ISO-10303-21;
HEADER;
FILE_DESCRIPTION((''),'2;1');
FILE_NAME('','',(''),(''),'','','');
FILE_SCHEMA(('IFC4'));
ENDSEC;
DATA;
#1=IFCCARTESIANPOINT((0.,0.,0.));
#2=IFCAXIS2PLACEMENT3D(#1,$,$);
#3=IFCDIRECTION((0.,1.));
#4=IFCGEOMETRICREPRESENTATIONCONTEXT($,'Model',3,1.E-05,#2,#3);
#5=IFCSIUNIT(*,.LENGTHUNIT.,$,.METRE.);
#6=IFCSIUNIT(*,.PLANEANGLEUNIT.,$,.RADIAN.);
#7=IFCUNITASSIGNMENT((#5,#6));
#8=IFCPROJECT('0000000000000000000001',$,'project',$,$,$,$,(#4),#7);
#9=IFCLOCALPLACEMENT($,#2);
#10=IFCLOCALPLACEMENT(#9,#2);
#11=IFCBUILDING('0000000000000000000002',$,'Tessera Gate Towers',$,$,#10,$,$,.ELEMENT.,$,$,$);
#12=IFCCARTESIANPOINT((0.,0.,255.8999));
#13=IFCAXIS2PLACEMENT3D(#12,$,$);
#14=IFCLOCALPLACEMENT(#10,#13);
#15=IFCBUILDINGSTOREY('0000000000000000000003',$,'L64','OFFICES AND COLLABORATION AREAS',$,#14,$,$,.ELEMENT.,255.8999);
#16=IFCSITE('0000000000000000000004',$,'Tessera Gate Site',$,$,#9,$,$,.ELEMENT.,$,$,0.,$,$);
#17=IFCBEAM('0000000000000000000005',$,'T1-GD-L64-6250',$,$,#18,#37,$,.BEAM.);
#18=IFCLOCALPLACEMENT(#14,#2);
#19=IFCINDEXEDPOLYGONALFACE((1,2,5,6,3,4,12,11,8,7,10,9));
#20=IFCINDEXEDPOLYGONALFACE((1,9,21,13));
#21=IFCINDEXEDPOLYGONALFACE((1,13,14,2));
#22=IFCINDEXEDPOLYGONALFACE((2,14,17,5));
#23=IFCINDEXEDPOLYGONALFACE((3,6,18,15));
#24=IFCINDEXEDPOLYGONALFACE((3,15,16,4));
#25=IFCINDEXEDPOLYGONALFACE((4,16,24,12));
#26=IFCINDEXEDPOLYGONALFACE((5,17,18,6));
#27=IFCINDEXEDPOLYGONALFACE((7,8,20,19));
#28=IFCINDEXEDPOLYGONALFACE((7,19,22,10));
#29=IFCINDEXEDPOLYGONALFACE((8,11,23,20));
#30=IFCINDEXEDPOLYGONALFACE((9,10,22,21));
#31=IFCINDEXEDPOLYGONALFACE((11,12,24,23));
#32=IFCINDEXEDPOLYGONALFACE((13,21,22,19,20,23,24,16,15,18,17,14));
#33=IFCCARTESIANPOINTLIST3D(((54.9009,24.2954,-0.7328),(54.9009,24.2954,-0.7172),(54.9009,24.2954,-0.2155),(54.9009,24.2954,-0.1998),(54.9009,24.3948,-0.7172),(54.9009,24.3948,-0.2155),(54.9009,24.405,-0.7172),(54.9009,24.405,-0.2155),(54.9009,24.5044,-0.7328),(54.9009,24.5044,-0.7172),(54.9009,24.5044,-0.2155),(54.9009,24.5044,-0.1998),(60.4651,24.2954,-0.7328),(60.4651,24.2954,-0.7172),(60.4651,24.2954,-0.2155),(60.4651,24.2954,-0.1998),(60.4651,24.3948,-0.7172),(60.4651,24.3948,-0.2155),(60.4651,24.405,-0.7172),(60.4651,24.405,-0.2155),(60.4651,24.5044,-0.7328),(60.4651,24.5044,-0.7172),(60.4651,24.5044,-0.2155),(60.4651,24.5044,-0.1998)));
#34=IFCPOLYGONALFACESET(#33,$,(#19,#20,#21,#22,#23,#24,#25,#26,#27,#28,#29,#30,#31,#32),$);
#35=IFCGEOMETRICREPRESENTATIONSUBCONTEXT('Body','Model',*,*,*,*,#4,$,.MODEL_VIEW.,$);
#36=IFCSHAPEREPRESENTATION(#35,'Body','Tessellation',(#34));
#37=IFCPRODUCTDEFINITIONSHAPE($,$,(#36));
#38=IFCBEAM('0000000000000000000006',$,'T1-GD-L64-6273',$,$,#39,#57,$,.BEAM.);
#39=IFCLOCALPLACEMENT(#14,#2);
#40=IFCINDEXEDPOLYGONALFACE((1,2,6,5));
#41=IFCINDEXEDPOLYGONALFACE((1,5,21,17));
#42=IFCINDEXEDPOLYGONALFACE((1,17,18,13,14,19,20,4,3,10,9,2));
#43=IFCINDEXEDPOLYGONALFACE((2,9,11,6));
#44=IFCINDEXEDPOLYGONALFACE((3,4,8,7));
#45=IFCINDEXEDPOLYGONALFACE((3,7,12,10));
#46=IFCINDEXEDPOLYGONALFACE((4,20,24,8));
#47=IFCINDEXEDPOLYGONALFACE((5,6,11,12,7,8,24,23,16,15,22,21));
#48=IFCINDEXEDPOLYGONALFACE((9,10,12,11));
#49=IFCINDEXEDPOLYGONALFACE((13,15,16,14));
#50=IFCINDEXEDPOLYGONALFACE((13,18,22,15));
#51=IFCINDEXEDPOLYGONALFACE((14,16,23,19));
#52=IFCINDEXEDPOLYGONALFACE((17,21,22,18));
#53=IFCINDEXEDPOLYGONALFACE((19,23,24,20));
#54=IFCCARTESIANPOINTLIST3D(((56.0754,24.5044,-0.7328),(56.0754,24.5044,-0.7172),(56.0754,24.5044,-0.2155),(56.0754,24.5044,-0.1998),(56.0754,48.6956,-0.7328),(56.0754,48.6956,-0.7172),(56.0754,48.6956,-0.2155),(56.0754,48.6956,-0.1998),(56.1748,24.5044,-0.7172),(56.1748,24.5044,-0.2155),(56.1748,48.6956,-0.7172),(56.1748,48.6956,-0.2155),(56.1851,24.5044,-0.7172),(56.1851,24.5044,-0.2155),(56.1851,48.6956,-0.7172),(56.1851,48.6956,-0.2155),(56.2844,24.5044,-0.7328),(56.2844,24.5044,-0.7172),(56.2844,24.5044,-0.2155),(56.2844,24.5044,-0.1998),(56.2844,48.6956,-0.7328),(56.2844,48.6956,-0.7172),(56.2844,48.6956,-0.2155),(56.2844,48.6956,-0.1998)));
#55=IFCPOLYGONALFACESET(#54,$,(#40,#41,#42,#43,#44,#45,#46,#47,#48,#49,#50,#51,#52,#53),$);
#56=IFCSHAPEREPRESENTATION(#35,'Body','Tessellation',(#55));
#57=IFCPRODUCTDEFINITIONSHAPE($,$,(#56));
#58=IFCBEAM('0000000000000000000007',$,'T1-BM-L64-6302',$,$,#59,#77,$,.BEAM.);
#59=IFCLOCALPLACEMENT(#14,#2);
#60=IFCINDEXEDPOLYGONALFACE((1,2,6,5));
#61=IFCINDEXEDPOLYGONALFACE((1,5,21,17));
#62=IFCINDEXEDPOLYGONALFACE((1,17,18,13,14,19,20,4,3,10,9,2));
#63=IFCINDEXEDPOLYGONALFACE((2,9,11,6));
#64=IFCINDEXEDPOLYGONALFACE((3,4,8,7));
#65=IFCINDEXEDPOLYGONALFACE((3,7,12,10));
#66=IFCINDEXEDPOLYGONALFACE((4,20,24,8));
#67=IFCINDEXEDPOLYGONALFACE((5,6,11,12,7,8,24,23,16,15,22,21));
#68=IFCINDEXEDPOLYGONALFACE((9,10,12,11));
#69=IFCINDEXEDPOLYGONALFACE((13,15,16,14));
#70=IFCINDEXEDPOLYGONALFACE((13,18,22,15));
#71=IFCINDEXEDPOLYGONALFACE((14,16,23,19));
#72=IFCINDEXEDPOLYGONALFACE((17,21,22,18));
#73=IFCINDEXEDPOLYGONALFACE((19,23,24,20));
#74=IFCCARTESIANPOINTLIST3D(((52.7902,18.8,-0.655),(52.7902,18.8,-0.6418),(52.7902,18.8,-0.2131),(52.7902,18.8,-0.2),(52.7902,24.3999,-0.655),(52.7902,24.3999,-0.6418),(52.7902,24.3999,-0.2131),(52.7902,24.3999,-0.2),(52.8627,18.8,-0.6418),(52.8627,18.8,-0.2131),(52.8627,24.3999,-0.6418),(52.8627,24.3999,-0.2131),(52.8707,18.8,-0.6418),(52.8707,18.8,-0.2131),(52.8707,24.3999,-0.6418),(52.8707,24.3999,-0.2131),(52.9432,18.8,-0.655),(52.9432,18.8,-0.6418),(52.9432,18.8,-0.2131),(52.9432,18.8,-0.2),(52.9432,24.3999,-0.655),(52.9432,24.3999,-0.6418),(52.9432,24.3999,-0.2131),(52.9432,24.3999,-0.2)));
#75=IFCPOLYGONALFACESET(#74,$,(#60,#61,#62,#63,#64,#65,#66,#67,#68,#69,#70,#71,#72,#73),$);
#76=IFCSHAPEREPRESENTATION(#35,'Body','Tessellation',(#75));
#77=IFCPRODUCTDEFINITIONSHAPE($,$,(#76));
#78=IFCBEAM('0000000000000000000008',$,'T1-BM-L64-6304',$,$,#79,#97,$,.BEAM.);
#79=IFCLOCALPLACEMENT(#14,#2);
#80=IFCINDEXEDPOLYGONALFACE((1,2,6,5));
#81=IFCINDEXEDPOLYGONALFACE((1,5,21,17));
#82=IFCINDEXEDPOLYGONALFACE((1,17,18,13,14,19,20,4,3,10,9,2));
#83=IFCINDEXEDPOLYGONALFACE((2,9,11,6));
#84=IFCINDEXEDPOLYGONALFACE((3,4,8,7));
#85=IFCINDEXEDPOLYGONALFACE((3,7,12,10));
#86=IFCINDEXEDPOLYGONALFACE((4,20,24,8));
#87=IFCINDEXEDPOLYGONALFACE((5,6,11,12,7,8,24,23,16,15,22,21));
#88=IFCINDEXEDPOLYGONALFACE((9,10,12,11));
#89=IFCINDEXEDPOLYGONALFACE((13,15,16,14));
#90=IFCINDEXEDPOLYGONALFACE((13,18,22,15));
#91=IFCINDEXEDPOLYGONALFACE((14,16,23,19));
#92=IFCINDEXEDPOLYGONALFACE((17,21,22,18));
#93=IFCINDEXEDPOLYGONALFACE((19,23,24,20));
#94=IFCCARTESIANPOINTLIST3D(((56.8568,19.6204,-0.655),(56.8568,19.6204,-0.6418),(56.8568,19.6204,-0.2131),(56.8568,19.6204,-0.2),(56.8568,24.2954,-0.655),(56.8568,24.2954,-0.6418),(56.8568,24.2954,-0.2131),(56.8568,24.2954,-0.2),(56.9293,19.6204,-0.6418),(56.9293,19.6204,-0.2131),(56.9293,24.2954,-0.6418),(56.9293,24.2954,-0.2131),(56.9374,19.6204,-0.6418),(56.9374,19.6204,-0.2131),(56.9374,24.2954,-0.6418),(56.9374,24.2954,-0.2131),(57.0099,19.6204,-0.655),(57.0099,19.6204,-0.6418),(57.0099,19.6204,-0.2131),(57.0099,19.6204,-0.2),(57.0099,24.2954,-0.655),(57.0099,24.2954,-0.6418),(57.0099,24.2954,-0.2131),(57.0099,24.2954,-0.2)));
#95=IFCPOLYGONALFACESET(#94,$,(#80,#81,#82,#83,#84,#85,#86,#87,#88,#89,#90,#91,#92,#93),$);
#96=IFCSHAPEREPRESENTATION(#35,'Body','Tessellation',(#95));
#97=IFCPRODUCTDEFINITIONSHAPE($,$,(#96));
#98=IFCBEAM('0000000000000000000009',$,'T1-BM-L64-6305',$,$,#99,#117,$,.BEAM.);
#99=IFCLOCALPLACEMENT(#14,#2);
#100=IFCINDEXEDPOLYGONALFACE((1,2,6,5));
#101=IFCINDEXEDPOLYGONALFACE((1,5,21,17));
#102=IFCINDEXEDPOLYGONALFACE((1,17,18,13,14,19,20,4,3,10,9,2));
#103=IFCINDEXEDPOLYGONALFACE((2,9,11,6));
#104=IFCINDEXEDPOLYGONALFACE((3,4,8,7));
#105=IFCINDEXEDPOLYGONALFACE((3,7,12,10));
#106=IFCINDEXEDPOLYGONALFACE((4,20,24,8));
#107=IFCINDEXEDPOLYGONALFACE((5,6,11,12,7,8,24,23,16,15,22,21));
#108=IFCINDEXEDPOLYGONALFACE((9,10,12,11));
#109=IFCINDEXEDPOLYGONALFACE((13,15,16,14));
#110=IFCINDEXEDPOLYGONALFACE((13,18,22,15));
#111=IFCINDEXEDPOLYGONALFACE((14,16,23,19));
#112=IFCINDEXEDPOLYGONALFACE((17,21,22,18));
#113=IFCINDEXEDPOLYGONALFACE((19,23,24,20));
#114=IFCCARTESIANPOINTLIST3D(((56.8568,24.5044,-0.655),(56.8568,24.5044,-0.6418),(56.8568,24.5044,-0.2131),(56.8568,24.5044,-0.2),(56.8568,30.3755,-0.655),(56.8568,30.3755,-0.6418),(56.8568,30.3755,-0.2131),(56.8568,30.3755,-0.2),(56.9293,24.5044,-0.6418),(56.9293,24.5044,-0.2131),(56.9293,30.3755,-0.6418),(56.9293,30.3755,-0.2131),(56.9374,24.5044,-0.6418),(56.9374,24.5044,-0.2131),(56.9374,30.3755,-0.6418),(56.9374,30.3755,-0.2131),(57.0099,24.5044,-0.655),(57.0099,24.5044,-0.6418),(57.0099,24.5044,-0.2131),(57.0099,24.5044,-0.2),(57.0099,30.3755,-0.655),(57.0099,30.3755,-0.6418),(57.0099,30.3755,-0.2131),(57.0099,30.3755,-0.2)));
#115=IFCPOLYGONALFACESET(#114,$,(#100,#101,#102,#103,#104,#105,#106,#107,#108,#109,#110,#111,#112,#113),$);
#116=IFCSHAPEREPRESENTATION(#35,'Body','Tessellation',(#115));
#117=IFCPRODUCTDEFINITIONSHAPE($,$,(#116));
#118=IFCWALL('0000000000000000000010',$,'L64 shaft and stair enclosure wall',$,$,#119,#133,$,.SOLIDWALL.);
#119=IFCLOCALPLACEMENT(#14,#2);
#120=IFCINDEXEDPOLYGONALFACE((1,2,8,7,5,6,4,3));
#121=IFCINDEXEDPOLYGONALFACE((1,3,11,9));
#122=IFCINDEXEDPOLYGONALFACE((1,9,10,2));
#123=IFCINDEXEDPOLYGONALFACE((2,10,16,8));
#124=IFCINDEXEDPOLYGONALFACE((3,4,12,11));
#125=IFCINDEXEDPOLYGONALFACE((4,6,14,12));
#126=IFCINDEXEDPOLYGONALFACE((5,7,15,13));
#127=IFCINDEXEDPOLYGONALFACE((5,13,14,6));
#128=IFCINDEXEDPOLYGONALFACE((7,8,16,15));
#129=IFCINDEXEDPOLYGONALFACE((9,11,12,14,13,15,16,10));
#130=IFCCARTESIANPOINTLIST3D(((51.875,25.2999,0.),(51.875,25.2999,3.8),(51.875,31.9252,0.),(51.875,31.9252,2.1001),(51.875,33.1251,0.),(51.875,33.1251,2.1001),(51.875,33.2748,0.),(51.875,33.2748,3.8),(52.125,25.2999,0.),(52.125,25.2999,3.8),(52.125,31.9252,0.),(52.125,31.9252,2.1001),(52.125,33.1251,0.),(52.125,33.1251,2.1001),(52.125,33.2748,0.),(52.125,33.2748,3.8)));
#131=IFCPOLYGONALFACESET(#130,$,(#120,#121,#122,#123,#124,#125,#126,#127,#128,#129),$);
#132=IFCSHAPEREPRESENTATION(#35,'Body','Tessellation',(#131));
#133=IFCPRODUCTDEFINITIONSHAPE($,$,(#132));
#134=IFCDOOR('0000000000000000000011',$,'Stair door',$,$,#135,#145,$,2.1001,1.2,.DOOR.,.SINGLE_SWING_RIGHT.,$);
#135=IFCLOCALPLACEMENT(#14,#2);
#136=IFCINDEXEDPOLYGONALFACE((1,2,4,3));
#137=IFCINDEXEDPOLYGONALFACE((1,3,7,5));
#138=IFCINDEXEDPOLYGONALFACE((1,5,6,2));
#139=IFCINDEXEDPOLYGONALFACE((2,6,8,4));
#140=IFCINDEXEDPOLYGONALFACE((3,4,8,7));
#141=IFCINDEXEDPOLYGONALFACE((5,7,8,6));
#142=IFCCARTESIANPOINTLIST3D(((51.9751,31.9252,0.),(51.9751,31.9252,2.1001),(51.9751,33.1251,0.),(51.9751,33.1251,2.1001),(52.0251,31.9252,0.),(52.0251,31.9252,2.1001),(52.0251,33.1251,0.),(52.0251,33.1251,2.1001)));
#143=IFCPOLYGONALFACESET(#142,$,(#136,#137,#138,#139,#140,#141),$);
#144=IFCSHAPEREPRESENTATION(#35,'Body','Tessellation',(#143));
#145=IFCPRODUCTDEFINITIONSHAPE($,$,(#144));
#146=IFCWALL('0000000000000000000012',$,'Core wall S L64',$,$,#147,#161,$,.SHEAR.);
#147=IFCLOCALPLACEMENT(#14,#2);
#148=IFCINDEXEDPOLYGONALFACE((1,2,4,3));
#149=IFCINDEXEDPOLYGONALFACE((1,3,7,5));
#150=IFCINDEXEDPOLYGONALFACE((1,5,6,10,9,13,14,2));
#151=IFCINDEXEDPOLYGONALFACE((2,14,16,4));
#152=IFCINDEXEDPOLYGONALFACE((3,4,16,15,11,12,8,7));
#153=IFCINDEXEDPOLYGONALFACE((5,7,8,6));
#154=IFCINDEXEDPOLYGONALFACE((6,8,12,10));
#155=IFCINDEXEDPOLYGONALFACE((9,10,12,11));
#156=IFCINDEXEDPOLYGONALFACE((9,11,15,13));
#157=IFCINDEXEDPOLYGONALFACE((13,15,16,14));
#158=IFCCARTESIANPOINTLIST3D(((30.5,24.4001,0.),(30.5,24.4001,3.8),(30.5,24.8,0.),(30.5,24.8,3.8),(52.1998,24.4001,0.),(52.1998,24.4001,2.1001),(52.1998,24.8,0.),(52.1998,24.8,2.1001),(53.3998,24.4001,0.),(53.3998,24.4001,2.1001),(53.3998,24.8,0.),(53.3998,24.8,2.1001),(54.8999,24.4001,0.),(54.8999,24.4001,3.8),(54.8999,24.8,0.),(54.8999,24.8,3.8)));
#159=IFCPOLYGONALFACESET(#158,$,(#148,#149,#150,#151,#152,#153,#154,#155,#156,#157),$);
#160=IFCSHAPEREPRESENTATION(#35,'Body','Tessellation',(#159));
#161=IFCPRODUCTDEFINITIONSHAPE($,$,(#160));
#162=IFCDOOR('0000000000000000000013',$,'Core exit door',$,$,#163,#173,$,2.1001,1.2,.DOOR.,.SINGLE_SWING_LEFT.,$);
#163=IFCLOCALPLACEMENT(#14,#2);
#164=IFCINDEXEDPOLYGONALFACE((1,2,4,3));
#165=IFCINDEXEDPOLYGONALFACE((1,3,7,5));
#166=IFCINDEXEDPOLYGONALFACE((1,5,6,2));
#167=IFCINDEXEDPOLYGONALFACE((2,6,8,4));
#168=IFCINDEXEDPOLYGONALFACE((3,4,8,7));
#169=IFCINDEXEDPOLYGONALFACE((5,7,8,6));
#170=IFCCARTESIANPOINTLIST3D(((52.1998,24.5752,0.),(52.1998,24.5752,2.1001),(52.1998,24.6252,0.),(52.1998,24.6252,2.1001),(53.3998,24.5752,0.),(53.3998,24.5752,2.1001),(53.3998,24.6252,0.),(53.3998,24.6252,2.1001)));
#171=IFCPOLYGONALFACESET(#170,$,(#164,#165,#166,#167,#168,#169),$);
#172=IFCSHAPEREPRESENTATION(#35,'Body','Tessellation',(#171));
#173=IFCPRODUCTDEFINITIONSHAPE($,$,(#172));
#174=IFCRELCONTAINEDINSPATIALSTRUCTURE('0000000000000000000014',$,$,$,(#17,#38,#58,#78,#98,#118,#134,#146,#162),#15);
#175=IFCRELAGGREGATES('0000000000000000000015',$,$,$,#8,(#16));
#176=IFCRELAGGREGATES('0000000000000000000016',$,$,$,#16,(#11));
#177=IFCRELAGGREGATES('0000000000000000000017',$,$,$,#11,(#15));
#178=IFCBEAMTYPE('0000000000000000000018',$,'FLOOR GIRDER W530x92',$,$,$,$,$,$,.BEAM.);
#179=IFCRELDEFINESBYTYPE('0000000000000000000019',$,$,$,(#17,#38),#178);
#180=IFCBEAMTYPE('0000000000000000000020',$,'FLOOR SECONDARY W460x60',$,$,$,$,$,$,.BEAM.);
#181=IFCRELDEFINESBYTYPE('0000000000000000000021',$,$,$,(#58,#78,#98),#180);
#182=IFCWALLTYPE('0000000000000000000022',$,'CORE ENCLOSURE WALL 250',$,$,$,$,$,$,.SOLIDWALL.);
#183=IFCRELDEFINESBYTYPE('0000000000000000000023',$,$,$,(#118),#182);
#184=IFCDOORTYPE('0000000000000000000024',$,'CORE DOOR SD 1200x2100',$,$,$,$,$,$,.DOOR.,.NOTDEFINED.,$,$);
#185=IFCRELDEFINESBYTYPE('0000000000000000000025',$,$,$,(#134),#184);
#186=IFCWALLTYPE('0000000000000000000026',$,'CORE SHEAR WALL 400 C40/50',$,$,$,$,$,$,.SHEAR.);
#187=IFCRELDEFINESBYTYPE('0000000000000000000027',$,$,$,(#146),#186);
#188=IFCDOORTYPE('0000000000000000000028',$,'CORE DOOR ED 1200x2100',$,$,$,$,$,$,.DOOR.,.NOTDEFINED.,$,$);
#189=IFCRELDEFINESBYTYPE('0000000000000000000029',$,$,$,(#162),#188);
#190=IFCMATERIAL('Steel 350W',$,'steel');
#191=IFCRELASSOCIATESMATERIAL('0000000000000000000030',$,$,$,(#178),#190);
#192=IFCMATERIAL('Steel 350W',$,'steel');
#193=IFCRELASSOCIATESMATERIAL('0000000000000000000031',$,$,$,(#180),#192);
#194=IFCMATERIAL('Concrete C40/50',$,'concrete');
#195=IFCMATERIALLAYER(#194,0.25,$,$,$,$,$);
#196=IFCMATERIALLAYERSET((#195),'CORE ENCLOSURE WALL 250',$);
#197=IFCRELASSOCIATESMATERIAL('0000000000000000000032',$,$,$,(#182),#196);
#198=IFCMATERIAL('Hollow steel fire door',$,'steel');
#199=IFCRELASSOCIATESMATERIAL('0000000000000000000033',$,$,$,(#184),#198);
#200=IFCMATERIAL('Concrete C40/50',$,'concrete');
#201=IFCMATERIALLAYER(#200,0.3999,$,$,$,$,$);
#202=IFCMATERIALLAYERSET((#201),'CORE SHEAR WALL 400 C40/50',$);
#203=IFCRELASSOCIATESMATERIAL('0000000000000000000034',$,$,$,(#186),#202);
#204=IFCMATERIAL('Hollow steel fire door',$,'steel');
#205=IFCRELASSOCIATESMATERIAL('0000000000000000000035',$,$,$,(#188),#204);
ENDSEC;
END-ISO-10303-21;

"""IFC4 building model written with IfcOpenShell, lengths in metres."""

from ifc_helpers import new_model, si_unit, direction, frame, frame_2d, origin, origin_2d, place, context, subcontext, project, spatial, rectangle, i_section, extrude, source, transform, mapped, material, layer, layer_set, material_profile, profile_set, type_object, element, fill, save


model = new_model("IFC4")

# Units and contexts
model_context = context("Model", 3, precision=1e-05, world=origin(), true_north=direction((0.0, 1.0)))
body_context = subcontext(model_context, "Body", "Model", "MODEL_VIEW")
ifc_project = project(units=[si_unit("LENGTHUNIT", "METRE"), si_unit("PLANEANGLEUNIT", "RADIAN")], contexts=[model_context])

# Site, building, storey
site_placement = place(None, origin())
site = spatial("IfcSite", under=ifc_project, at=site_placement, Name="Tessera Gate Site", CompositionType="ELEMENT", RefElevation=0.0)
building_placement = place(site_placement, origin())
building = spatial("IfcBuilding", under=site, at=building_placement, Name="Tessera Gate Towers", CompositionType="ELEMENT")
storey_placement = place(building_placement, frame((0.0, 0.0, 255.8999)))
storey = spatial("IfcBuildingStorey", under=building, at=storey_placement, Name="L64", Description="OFFICES AND COLLABORATION AREAS", CompositionType="ELEMENT", Elevation=255.8999)

# Beams
ifc_material_1 = material(Name="Steel 350W", Category="steel")
ifc_material_profile_1 = material_profile(ifc_material_1, i_section(OverallWidth=0.209, OverallDepth=0.533, WebThickness=0.0103, FlangeThickness=0.0156, at=origin_2d()), Name="W530x92")
ifc_profile_set_1 = profile_set([ifc_material_profile_1], Name="Steel 350W")
beam_type_1 = type_object("IfcBeamType", Name="FLOOR GIRDER W530x92", PredefinedType="BEAM", material=ifc_profile_set_1)
beam_1_placement = place(storey_placement, frame((54.9009, 24.3999, -0.4663), z_axis=(1.0, 0.0, 0.0), x_axis=(0.0, 1.0, 0.0)))
element("IfcBeam", 1, at=beam_1_placement, inside=storey, type_object=beam_type_1, Name="T1-GD-L64-6250", PredefinedType="BEAM", context=body_context, shape_type="SweptSolid", body=[
    extrude(i_section(OverallWidth=0.209, OverallDepth=0.533, WebThickness=0.0103, FlangeThickness=0.0156, at=origin_2d()), origin(), (0.0, 0.0, 1.0), 5.5642),
])
beam_2_placement = place(storey_placement, frame((56.1799, 24.5044, -0.4663), z_axis=(0.0, 1.0, 0.0), x_axis=(-1.0, 0.0, 0.0)))
element("IfcBeam", 2, at=beam_2_placement, inside=storey, type_object=beam_type_1, Name="T1-GD-L64-6273", PredefinedType="BEAM", context=body_context, shape_type="SweptSolid", body=[
    extrude(i_section(OverallWidth=0.209, OverallDepth=0.533, WebThickness=0.0103, FlangeThickness=0.0156, at=origin_2d()), origin(), (0.0, 0.0, 1.0), 24.1912),
])
ifc_material_2 = material(Name="Steel 350W", Category="steel")
ifc_material_profile_2 = material_profile(ifc_material_2, i_section(OverallWidth=0.1531, OverallDepth=0.4551, WebThickness=0.0081, FlangeThickness=0.0132, at=origin_2d()), Name="W460x60")
ifc_profile_set_2 = profile_set([ifc_material_profile_2], Name="Steel 350W")
beam_type_2 = type_object("IfcBeamType", Name="FLOOR SECONDARY W460x60", PredefinedType="BEAM", material=ifc_profile_set_2)
beam_3_placement = place(storey_placement, frame((52.8667, 18.8, -0.4275), z_axis=(0.0, 1.0, 0.0), x_axis=(-1.0, 0.0, 0.0)))
element("IfcBeam", 3, at=beam_3_placement, inside=storey, type_object=beam_type_2, Name="T1-BM-L64-6302", PredefinedType="BEAM", context=body_context, shape_type="SweptSolid", body=[
    extrude(i_section(OverallWidth=0.1531, OverallDepth=0.4551, WebThickness=0.0081, FlangeThickness=0.0132, at=origin_2d()), origin(), (0.0, 0.0, 1.0), 5.5999),
])
beam_4_placement = place(storey_placement, frame((56.9333, 19.6204, -0.4275), z_axis=(0.0, 1.0, 0.0), x_axis=(-1.0, 0.0, 0.0)))
element("IfcBeam", 4, at=beam_4_placement, inside=storey, type_object=beam_type_2, Name="T1-BM-L64-6304", PredefinedType="BEAM", context=body_context, shape_type="SweptSolid", body=[
    extrude(i_section(OverallWidth=0.1531, OverallDepth=0.4551, WebThickness=0.0081, FlangeThickness=0.0132, at=origin_2d()), origin(), (0.0, 0.0, 1.0), 4.675),
])
beam_5_placement = place(storey_placement, frame((56.9333, 24.5044, -0.4275), z_axis=(0.0, 1.0, 0.0), x_axis=(-1.0, 0.0, 0.0)))
element("IfcBeam", 5, at=beam_5_placement, inside=storey, type_object=beam_type_2, Name="T1-BM-L64-6305", PredefinedType="BEAM", context=body_context, shape_type="SweptSolid", body=[
    extrude(i_section(OverallWidth=0.1531, OverallDepth=0.4551, WebThickness=0.0081, FlangeThickness=0.0132, at=origin_2d()), origin(), (0.0, 0.0, 1.0), 5.8711),
])

# Walls, openings, doors
ifc_material_3 = material(Name="Concrete C40/50", Category="concrete")
ifc_layer_1 = layer(ifc_material_3, 0.25)
ifc_layer_set_1 = layer_set([ifc_layer_1], Name="CORE ENCLOSURE WALL 250")
wall_type_1 = type_object("IfcWallType", Name="CORE ENCLOSURE WALL 250", PredefinedType="SOLIDWALL", material=ifc_layer_set_1)
wall_1_placement = place(storey_placement, frame((52.0, 25.3, 0.0), z_axis=(0.0, 0.0, 1.0), x_axis=(0.0, 1.0, 0.0)))
wall_1 = element("IfcWall", 6, at=wall_1_placement, inside=storey, type_object=wall_type_1, Name="L64 shaft and stair enclosure wall", PredefinedType="SOLIDWALL", context=body_context, shape_type="SweptSolid", body=[
    extrude(rectangle(XDim=7.9749, YDim=0.25, at=frame_2d((3.9873, 0.0))), origin(), (0.0, 0.0, 1.0), 3.8),
])
shared_shape_1 = source(origin(), body_context, "Body", "SweptSolid", [
    extrude(rectangle(XDim=1.2, YDim=2.1001, at=frame_2d((0.6001, 1.05))), frame((0.0, 0.135, 0.0), z_axis=(0.0, -1.0, 0.0), x_axis=(1.0, 0.0, 0.0)), (0.0, 0.0, 1.0), 0.27),
])
opening_1_placement = place(wall_1_placement, frame((6.625, 0.0, 0.0)))
opening_1 = element("IfcOpeningElement", 7, at=opening_1_placement, cuts=wall_1, PredefinedType="OPENING", context=body_context, shape_type="MappedRepresentation", body=[
    mapped(shared_shape_1, transform((0.0, 0.0, 0.0), scale=1.0)),
])
ifc_material_4 = material(Name="Hollow steel fire door", Category="steel")
door_type_1 = type_object("IfcDoorType", Name="CORE DOOR SD 1200x2100", OperationType="NOTDEFINED", PredefinedType="DOOR", material=ifc_material_4)
shared_shape_2 = source(origin(), body_context, "Body", "SweptSolid", [
    extrude(rectangle(XDim=1.2, YDim=2.1001, at=frame_2d((0.6001, 1.05))), frame((0.0, 0.0249, 0.0), z_axis=(0.0, -1.0, 0.0), x_axis=(1.0, 0.0, 0.0)), (0.0, 0.0, 1.0), 0.05),
])
door_1_placement = place(opening_1_placement, origin())
door_1 = element("IfcDoor", 8, at=door_1_placement, inside=storey, type_object=door_type_1, Name="Stair door", OperationType="SINGLE_SWING_RIGHT", OverallHeight=2.1001, OverallWidth=1.2, PredefinedType="DOOR", context=body_context, shape_type="MappedRepresentation", body=[
    mapped(shared_shape_2, transform((0.0, 0.0, 0.0), scale=1.0)),
])
fill(opening_1, door_1)
ifc_material_5 = material(Name="Concrete C40/50", Category="concrete")
ifc_layer_2 = layer(ifc_material_5, 0.3999)
ifc_layer_set_2 = layer_set([ifc_layer_2], Name="CORE SHEAR WALL 400 C40/50")
wall_type_2 = type_object("IfcWallType", Name="CORE SHEAR WALL 400 C40/50", PredefinedType="SHEAR", material=ifc_layer_set_2)
wall_2_placement = place(storey_placement, frame((54.8999, 24.6001, 0.0), z_axis=(0.0, 0.0, 1.0), x_axis=(-1.0, 0.0, 0.0)))
wall_2 = element("IfcWall", 9, at=wall_2_placement, inside=storey, type_object=wall_type_2, Name="Core wall S L64", PredefinedType="SHEAR", context=body_context, shape_type="SweptSolid", body=[
    extrude(rectangle(XDim=24.3999, YDim=0.3999, at=frame_2d((12.2, 0.0))), origin(), (0.0, 0.0, 1.0), 3.8),
])
shared_shape_3 = source(origin(), body_context, "Body", "SweptSolid", [
    extrude(rectangle(XDim=1.2, YDim=2.1001, at=frame_2d((0.6001, 1.05))), frame((0.0, 0.21, 0.0), z_axis=(0.0, -1.0, 0.0), x_axis=(1.0, 0.0, 0.0)), (0.0, 0.0, 1.0), 0.4199),
])
opening_2_placement = place(wall_2_placement, frame((1.5, 0.0, 0.0)))
opening_2 = element("IfcOpeningElement", 10, at=opening_2_placement, cuts=wall_2, PredefinedType="OPENING", context=body_context, shape_type="MappedRepresentation", body=[
    mapped(shared_shape_3, transform((0.0, 0.0, 0.0), scale=1.0)),
])
ifc_material_6 = material(Name="Hollow steel fire door", Category="steel")
door_type_2 = type_object("IfcDoorType", Name="CORE DOOR ED 1200x2100", OperationType="NOTDEFINED", PredefinedType="DOOR", material=ifc_material_6)
door_2_placement = place(opening_2_placement, origin())
door_2 = element("IfcDoor", 11, at=door_2_placement, inside=storey, type_object=door_type_2, Name="Core exit door", OperationType="SINGLE_SWING_LEFT", OverallHeight=2.1001, OverallWidth=1.2, PredefinedType="DOOR", context=body_context, shape_type="MappedRepresentation", body=[
    mapped(shared_shape_2, transform((0.0, 0.0, 0.0), scale=1.0)),
])
fill(opening_2, door_2)

save(model, "model.ifc")
